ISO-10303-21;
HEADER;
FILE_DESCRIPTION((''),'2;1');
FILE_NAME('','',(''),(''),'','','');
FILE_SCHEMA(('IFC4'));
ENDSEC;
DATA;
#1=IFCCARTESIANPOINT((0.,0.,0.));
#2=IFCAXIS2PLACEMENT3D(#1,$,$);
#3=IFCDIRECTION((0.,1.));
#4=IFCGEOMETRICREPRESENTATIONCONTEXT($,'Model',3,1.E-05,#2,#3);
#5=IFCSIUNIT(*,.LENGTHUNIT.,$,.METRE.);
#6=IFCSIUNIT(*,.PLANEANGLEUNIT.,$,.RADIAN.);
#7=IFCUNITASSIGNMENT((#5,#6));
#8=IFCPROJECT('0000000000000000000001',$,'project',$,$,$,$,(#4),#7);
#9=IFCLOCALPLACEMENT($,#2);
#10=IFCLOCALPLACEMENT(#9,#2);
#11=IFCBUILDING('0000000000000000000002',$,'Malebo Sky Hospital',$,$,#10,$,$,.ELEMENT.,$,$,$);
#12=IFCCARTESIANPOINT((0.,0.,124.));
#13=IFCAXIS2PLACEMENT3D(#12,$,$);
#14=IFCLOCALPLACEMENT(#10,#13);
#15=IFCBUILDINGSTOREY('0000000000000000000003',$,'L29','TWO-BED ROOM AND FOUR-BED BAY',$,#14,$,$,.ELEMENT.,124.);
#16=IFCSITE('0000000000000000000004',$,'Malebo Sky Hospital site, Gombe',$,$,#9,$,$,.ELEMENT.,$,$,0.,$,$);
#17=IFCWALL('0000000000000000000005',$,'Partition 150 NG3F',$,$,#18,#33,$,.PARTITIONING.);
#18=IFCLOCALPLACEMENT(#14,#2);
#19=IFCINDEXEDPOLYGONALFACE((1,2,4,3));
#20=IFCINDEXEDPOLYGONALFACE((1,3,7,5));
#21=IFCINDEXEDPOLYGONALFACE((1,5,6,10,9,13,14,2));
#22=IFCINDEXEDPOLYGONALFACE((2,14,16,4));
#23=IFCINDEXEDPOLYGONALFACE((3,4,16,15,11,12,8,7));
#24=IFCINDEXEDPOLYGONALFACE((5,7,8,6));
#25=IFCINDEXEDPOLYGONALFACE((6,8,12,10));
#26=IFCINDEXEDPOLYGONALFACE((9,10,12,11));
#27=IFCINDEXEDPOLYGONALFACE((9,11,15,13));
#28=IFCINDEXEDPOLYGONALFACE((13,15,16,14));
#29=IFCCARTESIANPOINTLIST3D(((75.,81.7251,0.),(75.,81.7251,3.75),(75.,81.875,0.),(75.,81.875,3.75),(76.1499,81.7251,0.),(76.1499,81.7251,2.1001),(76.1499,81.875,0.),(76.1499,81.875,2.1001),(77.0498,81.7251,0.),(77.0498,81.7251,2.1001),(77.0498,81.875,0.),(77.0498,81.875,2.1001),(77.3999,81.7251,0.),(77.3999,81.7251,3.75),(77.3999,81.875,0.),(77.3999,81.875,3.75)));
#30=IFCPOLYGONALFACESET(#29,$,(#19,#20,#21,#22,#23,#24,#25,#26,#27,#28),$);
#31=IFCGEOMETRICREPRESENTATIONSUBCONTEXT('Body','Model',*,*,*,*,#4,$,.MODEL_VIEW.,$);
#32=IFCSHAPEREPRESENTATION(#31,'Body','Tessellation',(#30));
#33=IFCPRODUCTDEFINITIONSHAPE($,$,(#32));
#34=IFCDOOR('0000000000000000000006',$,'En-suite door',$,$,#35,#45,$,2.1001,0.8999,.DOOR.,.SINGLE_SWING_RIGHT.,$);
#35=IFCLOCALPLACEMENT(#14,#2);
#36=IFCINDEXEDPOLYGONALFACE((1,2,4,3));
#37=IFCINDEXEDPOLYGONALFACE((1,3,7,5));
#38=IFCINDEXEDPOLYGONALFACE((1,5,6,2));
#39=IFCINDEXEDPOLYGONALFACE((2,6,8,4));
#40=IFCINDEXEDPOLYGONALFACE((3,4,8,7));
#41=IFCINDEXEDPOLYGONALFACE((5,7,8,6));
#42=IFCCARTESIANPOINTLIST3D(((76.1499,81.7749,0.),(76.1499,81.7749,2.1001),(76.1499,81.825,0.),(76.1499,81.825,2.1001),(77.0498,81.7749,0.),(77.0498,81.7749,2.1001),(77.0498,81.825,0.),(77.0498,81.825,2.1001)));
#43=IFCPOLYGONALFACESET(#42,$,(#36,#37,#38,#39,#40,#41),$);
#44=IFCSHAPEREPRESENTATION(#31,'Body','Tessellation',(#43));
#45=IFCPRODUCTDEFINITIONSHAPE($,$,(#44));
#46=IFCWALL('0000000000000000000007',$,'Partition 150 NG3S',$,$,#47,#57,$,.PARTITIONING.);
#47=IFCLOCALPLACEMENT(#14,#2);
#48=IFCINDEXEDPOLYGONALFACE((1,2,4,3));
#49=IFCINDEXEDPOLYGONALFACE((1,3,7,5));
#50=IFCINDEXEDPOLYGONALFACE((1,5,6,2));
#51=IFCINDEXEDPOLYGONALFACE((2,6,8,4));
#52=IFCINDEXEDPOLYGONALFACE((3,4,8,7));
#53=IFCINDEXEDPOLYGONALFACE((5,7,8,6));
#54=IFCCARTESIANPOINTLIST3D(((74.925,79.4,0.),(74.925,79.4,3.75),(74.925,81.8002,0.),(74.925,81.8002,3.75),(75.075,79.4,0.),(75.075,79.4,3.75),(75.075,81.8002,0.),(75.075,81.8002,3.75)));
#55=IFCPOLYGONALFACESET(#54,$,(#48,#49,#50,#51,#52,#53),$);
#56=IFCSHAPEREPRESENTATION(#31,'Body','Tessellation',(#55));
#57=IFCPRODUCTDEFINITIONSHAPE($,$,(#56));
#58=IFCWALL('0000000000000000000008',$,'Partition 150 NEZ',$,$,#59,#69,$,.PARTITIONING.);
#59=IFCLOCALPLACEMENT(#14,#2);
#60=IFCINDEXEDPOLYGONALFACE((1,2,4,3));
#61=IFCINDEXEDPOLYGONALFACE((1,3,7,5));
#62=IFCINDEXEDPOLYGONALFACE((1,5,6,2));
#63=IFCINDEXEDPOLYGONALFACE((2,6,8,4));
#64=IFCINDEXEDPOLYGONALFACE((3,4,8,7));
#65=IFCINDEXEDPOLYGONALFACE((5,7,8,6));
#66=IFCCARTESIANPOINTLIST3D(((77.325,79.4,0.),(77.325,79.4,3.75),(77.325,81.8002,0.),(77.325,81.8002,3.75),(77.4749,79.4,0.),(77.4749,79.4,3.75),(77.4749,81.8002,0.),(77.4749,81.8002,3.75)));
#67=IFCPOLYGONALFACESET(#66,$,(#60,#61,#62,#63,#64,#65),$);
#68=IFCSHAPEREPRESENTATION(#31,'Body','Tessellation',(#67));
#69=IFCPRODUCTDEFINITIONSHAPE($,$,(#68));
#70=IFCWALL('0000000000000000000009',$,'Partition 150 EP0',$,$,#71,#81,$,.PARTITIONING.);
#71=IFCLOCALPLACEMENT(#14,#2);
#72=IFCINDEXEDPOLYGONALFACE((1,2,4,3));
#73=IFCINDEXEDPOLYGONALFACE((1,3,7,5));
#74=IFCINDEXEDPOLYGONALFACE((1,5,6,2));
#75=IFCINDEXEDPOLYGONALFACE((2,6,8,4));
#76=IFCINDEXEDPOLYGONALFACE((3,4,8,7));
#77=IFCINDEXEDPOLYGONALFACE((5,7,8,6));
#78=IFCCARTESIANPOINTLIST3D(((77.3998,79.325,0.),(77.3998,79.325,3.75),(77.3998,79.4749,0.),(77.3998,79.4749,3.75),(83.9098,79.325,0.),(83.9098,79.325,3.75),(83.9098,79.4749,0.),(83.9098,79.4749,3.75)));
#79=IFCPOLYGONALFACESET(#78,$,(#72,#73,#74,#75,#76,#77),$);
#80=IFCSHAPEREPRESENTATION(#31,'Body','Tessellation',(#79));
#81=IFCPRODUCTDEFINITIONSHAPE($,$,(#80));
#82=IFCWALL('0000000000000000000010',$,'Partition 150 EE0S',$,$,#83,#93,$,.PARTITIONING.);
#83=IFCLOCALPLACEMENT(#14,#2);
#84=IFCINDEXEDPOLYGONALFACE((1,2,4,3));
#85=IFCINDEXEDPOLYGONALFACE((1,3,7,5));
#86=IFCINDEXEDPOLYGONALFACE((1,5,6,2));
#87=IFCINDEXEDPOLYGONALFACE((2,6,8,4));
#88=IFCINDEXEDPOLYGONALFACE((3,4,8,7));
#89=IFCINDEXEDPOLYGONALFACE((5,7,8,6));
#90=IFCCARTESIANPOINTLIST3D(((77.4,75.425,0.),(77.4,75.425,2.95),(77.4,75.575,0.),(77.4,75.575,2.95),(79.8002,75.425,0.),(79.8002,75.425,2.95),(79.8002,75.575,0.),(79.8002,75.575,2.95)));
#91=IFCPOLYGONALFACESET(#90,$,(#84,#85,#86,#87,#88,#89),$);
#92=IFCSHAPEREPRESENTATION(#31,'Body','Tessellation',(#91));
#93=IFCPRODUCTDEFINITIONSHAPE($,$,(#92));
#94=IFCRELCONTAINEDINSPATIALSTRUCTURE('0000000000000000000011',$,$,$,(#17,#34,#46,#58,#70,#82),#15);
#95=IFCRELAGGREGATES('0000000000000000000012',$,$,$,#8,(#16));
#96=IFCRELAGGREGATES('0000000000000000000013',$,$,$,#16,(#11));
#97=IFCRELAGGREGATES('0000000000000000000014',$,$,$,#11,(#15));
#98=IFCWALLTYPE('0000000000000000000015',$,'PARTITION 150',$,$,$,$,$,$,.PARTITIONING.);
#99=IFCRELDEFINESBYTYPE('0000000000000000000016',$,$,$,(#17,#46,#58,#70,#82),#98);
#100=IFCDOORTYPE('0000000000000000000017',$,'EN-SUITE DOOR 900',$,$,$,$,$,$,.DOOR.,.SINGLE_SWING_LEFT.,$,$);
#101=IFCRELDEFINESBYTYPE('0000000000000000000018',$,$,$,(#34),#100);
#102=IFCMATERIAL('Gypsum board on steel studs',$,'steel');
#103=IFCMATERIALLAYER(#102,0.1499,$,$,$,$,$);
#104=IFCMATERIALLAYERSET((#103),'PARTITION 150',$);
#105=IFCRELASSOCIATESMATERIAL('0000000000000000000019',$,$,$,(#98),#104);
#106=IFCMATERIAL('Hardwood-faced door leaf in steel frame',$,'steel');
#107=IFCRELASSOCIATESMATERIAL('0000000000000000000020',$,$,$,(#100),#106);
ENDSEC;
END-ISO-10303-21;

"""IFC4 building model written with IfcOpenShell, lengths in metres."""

from ifc_helpers import new_model, si_unit, direction, frame, frame_2d, origin, place, context, subcontext, project, spatial, rectangle, extrude, material, layer, layer_set, type_object, element, fill, save


model = new_model("IFC4")

# Units and contexts
model_context = context("Model", 3, precision=1e-05, world=origin(), true_north=direction((0.0, 1.0)))
body_context = subcontext(model_context, "Body", "Model", "MODEL_VIEW")
ifc_project = project(units=[si_unit("LENGTHUNIT", "METRE"), si_unit("PLANEANGLEUNIT", "RADIAN")], contexts=[model_context])

# Site, building, storey
site_placement = place(None, origin())
site = spatial("IfcSite", under=ifc_project, at=site_placement, Name="Malebo Sky Hospital site, Gombe", CompositionType="ELEMENT", RefElevation=0.0)
building_placement = place(site_placement, origin())
building = spatial("IfcBuilding", under=site, at=building_placement, Name="Malebo Sky Hospital", CompositionType="ELEMENT")
storey_placement = place(building_placement, frame((0.0, 0.0, 124.0)))
storey = spatial("IfcBuildingStorey", under=building, at=storey_placement, Name="L29", Description="TWO-BED ROOM AND FOUR-BED BAY", CompositionType="ELEMENT", Elevation=124.0)

# Shared definitions
ifc_material_1 = material(Name="Gypsum board on steel studs", Category="steel")
ifc_material_2 = material(Name="Hardwood-faced door leaf in steel frame", Category="steel")

# Wall, opening, door
ifc_layer_1 = layer(ifc_material_1, 0.1499)
ifc_layer_set_1 = layer_set([ifc_layer_1], Name="PARTITION 150")
wall_type_1 = type_object("IfcWallType", Name="PARTITION 150", PredefinedType="PARTITIONING", material=ifc_layer_set_1)
wall_1_placement = place(storey_placement, frame((75.0, 81.8, 0.0), z_axis=(0.0, 0.0, 1.0), x_axis=(1.0, 0.0, 0.0)))
wall_1 = element("IfcWall", 1, at=wall_1_placement, inside=storey, type_object=wall_type_1, Name="Partition 150 NG3F", PredefinedType="PARTITIONING", context=body_context, shape_type="SweptSolid", body=[
    extrude(rectangle(XDim=2.3999, YDim=0.1499, at=frame_2d((1.2, 0.0))), origin(), (0.0, 0.0, 1.0), 3.75),
])
opening_1_placement = place(wall_1_placement, frame((1.1499, 0.0, 0.0)))
opening_1 = element("IfcOpeningElement", 2, at=opening_1_placement, cuts=wall_1, PredefinedType="OPENING", context=body_context, shape_type="SweptSolid", body=[
    extrude(rectangle(XDim=0.8999, YDim=2.1001, at=frame_2d((0.45, 1.05))), frame((0.0, 0.085, 0.0), z_axis=(0.0, -1.0, 0.0), x_axis=(1.0, 0.0, 0.0)), (0.0, 0.0, 1.0), 0.1699),
])
door_type_1 = type_object("IfcDoorType", Name="EN-SUITE DOOR 900", OperationType="SINGLE_SWING_LEFT", PredefinedType="DOOR", material=ifc_material_2)
door_1_placement = place(opening_1_placement, origin())
door_1 = element("IfcDoor", 3, at=door_1_placement, inside=storey, type_object=door_type_1, Name="En-suite door", OperationType="SINGLE_SWING_RIGHT", OverallHeight=2.1001, OverallWidth=0.8999, PredefinedType="DOOR", context=body_context, shape_type="SweptSolid", body=[
    extrude(rectangle(XDim=0.8999, YDim=2.1001, at=frame_2d((0.45, 1.05))), frame((0.0, 0.0249, 0.0), z_axis=(0.0, -1.0, 0.0), x_axis=(1.0, 0.0, 0.0)), (0.0, 0.0, 1.0), 0.05),
])
fill(opening_1, door_1)

# Walls
for number, where, z_axis, x_axis, name in (
    (4, (75.0, 79.3999, 0.0), (0.0, 0.0, 1.0), (0.0, 1.0, 0.0), "Partition 150 NG3S"),
    (5, (77.3999, 79.3999, 0.0), (0.0, 0.0, 1.0), (0.0, 1.0, 0.0), "Partition 150 NEZ"),
):
    element("IfcWall", number, at=place(storey_placement, frame(where, z_axis=z_axis, x_axis=x_axis)), inside=storey, type_object=wall_type_1, Name=name, PredefinedType="PARTITIONING", context=body_context, shape_type="SweptSolid", body=[
        extrude(rectangle(XDim=2.4001, YDim=0.1499, at=frame_2d((1.2002, 0.0))), origin(), (0.0, 0.0, 1.0), 3.75),
    ])
wall_2_placement = place(storey_placement, frame((77.3999, 79.3999, 0.0), z_axis=(0.0, 0.0, 1.0), x_axis=(1.0, 0.0, 0.0)))
element("IfcWall", 6, at=wall_2_placement, inside=storey, type_object=wall_type_1, Name="Partition 150 EP0", PredefinedType="PARTITIONING", context=body_context, shape_type="SweptSolid", body=[
    extrude(rectangle(XDim=6.51, YDim=0.1499, at=frame_2d((3.2549, 0.0))), origin(), (0.0, 0.0, 1.0), 3.75),
])
wall_3_placement = place(storey_placement, frame((77.3999, 75.5, 0.0), z_axis=(0.0, 0.0, 1.0), x_axis=(1.0, 0.0, 0.0)))
element("IfcWall", 7, at=wall_3_placement, inside=storey, type_object=wall_type_1, Name="Partition 150 EE0S", PredefinedType="PARTITIONING", context=body_context, shape_type="SweptSolid", body=[
    extrude(rectangle(XDim=2.4001, YDim=0.1499, at=frame_2d((1.2002, 0.0))), origin(), (0.0, 0.0, 1.0), 2.95),
])

save(model, "model.ifc")
